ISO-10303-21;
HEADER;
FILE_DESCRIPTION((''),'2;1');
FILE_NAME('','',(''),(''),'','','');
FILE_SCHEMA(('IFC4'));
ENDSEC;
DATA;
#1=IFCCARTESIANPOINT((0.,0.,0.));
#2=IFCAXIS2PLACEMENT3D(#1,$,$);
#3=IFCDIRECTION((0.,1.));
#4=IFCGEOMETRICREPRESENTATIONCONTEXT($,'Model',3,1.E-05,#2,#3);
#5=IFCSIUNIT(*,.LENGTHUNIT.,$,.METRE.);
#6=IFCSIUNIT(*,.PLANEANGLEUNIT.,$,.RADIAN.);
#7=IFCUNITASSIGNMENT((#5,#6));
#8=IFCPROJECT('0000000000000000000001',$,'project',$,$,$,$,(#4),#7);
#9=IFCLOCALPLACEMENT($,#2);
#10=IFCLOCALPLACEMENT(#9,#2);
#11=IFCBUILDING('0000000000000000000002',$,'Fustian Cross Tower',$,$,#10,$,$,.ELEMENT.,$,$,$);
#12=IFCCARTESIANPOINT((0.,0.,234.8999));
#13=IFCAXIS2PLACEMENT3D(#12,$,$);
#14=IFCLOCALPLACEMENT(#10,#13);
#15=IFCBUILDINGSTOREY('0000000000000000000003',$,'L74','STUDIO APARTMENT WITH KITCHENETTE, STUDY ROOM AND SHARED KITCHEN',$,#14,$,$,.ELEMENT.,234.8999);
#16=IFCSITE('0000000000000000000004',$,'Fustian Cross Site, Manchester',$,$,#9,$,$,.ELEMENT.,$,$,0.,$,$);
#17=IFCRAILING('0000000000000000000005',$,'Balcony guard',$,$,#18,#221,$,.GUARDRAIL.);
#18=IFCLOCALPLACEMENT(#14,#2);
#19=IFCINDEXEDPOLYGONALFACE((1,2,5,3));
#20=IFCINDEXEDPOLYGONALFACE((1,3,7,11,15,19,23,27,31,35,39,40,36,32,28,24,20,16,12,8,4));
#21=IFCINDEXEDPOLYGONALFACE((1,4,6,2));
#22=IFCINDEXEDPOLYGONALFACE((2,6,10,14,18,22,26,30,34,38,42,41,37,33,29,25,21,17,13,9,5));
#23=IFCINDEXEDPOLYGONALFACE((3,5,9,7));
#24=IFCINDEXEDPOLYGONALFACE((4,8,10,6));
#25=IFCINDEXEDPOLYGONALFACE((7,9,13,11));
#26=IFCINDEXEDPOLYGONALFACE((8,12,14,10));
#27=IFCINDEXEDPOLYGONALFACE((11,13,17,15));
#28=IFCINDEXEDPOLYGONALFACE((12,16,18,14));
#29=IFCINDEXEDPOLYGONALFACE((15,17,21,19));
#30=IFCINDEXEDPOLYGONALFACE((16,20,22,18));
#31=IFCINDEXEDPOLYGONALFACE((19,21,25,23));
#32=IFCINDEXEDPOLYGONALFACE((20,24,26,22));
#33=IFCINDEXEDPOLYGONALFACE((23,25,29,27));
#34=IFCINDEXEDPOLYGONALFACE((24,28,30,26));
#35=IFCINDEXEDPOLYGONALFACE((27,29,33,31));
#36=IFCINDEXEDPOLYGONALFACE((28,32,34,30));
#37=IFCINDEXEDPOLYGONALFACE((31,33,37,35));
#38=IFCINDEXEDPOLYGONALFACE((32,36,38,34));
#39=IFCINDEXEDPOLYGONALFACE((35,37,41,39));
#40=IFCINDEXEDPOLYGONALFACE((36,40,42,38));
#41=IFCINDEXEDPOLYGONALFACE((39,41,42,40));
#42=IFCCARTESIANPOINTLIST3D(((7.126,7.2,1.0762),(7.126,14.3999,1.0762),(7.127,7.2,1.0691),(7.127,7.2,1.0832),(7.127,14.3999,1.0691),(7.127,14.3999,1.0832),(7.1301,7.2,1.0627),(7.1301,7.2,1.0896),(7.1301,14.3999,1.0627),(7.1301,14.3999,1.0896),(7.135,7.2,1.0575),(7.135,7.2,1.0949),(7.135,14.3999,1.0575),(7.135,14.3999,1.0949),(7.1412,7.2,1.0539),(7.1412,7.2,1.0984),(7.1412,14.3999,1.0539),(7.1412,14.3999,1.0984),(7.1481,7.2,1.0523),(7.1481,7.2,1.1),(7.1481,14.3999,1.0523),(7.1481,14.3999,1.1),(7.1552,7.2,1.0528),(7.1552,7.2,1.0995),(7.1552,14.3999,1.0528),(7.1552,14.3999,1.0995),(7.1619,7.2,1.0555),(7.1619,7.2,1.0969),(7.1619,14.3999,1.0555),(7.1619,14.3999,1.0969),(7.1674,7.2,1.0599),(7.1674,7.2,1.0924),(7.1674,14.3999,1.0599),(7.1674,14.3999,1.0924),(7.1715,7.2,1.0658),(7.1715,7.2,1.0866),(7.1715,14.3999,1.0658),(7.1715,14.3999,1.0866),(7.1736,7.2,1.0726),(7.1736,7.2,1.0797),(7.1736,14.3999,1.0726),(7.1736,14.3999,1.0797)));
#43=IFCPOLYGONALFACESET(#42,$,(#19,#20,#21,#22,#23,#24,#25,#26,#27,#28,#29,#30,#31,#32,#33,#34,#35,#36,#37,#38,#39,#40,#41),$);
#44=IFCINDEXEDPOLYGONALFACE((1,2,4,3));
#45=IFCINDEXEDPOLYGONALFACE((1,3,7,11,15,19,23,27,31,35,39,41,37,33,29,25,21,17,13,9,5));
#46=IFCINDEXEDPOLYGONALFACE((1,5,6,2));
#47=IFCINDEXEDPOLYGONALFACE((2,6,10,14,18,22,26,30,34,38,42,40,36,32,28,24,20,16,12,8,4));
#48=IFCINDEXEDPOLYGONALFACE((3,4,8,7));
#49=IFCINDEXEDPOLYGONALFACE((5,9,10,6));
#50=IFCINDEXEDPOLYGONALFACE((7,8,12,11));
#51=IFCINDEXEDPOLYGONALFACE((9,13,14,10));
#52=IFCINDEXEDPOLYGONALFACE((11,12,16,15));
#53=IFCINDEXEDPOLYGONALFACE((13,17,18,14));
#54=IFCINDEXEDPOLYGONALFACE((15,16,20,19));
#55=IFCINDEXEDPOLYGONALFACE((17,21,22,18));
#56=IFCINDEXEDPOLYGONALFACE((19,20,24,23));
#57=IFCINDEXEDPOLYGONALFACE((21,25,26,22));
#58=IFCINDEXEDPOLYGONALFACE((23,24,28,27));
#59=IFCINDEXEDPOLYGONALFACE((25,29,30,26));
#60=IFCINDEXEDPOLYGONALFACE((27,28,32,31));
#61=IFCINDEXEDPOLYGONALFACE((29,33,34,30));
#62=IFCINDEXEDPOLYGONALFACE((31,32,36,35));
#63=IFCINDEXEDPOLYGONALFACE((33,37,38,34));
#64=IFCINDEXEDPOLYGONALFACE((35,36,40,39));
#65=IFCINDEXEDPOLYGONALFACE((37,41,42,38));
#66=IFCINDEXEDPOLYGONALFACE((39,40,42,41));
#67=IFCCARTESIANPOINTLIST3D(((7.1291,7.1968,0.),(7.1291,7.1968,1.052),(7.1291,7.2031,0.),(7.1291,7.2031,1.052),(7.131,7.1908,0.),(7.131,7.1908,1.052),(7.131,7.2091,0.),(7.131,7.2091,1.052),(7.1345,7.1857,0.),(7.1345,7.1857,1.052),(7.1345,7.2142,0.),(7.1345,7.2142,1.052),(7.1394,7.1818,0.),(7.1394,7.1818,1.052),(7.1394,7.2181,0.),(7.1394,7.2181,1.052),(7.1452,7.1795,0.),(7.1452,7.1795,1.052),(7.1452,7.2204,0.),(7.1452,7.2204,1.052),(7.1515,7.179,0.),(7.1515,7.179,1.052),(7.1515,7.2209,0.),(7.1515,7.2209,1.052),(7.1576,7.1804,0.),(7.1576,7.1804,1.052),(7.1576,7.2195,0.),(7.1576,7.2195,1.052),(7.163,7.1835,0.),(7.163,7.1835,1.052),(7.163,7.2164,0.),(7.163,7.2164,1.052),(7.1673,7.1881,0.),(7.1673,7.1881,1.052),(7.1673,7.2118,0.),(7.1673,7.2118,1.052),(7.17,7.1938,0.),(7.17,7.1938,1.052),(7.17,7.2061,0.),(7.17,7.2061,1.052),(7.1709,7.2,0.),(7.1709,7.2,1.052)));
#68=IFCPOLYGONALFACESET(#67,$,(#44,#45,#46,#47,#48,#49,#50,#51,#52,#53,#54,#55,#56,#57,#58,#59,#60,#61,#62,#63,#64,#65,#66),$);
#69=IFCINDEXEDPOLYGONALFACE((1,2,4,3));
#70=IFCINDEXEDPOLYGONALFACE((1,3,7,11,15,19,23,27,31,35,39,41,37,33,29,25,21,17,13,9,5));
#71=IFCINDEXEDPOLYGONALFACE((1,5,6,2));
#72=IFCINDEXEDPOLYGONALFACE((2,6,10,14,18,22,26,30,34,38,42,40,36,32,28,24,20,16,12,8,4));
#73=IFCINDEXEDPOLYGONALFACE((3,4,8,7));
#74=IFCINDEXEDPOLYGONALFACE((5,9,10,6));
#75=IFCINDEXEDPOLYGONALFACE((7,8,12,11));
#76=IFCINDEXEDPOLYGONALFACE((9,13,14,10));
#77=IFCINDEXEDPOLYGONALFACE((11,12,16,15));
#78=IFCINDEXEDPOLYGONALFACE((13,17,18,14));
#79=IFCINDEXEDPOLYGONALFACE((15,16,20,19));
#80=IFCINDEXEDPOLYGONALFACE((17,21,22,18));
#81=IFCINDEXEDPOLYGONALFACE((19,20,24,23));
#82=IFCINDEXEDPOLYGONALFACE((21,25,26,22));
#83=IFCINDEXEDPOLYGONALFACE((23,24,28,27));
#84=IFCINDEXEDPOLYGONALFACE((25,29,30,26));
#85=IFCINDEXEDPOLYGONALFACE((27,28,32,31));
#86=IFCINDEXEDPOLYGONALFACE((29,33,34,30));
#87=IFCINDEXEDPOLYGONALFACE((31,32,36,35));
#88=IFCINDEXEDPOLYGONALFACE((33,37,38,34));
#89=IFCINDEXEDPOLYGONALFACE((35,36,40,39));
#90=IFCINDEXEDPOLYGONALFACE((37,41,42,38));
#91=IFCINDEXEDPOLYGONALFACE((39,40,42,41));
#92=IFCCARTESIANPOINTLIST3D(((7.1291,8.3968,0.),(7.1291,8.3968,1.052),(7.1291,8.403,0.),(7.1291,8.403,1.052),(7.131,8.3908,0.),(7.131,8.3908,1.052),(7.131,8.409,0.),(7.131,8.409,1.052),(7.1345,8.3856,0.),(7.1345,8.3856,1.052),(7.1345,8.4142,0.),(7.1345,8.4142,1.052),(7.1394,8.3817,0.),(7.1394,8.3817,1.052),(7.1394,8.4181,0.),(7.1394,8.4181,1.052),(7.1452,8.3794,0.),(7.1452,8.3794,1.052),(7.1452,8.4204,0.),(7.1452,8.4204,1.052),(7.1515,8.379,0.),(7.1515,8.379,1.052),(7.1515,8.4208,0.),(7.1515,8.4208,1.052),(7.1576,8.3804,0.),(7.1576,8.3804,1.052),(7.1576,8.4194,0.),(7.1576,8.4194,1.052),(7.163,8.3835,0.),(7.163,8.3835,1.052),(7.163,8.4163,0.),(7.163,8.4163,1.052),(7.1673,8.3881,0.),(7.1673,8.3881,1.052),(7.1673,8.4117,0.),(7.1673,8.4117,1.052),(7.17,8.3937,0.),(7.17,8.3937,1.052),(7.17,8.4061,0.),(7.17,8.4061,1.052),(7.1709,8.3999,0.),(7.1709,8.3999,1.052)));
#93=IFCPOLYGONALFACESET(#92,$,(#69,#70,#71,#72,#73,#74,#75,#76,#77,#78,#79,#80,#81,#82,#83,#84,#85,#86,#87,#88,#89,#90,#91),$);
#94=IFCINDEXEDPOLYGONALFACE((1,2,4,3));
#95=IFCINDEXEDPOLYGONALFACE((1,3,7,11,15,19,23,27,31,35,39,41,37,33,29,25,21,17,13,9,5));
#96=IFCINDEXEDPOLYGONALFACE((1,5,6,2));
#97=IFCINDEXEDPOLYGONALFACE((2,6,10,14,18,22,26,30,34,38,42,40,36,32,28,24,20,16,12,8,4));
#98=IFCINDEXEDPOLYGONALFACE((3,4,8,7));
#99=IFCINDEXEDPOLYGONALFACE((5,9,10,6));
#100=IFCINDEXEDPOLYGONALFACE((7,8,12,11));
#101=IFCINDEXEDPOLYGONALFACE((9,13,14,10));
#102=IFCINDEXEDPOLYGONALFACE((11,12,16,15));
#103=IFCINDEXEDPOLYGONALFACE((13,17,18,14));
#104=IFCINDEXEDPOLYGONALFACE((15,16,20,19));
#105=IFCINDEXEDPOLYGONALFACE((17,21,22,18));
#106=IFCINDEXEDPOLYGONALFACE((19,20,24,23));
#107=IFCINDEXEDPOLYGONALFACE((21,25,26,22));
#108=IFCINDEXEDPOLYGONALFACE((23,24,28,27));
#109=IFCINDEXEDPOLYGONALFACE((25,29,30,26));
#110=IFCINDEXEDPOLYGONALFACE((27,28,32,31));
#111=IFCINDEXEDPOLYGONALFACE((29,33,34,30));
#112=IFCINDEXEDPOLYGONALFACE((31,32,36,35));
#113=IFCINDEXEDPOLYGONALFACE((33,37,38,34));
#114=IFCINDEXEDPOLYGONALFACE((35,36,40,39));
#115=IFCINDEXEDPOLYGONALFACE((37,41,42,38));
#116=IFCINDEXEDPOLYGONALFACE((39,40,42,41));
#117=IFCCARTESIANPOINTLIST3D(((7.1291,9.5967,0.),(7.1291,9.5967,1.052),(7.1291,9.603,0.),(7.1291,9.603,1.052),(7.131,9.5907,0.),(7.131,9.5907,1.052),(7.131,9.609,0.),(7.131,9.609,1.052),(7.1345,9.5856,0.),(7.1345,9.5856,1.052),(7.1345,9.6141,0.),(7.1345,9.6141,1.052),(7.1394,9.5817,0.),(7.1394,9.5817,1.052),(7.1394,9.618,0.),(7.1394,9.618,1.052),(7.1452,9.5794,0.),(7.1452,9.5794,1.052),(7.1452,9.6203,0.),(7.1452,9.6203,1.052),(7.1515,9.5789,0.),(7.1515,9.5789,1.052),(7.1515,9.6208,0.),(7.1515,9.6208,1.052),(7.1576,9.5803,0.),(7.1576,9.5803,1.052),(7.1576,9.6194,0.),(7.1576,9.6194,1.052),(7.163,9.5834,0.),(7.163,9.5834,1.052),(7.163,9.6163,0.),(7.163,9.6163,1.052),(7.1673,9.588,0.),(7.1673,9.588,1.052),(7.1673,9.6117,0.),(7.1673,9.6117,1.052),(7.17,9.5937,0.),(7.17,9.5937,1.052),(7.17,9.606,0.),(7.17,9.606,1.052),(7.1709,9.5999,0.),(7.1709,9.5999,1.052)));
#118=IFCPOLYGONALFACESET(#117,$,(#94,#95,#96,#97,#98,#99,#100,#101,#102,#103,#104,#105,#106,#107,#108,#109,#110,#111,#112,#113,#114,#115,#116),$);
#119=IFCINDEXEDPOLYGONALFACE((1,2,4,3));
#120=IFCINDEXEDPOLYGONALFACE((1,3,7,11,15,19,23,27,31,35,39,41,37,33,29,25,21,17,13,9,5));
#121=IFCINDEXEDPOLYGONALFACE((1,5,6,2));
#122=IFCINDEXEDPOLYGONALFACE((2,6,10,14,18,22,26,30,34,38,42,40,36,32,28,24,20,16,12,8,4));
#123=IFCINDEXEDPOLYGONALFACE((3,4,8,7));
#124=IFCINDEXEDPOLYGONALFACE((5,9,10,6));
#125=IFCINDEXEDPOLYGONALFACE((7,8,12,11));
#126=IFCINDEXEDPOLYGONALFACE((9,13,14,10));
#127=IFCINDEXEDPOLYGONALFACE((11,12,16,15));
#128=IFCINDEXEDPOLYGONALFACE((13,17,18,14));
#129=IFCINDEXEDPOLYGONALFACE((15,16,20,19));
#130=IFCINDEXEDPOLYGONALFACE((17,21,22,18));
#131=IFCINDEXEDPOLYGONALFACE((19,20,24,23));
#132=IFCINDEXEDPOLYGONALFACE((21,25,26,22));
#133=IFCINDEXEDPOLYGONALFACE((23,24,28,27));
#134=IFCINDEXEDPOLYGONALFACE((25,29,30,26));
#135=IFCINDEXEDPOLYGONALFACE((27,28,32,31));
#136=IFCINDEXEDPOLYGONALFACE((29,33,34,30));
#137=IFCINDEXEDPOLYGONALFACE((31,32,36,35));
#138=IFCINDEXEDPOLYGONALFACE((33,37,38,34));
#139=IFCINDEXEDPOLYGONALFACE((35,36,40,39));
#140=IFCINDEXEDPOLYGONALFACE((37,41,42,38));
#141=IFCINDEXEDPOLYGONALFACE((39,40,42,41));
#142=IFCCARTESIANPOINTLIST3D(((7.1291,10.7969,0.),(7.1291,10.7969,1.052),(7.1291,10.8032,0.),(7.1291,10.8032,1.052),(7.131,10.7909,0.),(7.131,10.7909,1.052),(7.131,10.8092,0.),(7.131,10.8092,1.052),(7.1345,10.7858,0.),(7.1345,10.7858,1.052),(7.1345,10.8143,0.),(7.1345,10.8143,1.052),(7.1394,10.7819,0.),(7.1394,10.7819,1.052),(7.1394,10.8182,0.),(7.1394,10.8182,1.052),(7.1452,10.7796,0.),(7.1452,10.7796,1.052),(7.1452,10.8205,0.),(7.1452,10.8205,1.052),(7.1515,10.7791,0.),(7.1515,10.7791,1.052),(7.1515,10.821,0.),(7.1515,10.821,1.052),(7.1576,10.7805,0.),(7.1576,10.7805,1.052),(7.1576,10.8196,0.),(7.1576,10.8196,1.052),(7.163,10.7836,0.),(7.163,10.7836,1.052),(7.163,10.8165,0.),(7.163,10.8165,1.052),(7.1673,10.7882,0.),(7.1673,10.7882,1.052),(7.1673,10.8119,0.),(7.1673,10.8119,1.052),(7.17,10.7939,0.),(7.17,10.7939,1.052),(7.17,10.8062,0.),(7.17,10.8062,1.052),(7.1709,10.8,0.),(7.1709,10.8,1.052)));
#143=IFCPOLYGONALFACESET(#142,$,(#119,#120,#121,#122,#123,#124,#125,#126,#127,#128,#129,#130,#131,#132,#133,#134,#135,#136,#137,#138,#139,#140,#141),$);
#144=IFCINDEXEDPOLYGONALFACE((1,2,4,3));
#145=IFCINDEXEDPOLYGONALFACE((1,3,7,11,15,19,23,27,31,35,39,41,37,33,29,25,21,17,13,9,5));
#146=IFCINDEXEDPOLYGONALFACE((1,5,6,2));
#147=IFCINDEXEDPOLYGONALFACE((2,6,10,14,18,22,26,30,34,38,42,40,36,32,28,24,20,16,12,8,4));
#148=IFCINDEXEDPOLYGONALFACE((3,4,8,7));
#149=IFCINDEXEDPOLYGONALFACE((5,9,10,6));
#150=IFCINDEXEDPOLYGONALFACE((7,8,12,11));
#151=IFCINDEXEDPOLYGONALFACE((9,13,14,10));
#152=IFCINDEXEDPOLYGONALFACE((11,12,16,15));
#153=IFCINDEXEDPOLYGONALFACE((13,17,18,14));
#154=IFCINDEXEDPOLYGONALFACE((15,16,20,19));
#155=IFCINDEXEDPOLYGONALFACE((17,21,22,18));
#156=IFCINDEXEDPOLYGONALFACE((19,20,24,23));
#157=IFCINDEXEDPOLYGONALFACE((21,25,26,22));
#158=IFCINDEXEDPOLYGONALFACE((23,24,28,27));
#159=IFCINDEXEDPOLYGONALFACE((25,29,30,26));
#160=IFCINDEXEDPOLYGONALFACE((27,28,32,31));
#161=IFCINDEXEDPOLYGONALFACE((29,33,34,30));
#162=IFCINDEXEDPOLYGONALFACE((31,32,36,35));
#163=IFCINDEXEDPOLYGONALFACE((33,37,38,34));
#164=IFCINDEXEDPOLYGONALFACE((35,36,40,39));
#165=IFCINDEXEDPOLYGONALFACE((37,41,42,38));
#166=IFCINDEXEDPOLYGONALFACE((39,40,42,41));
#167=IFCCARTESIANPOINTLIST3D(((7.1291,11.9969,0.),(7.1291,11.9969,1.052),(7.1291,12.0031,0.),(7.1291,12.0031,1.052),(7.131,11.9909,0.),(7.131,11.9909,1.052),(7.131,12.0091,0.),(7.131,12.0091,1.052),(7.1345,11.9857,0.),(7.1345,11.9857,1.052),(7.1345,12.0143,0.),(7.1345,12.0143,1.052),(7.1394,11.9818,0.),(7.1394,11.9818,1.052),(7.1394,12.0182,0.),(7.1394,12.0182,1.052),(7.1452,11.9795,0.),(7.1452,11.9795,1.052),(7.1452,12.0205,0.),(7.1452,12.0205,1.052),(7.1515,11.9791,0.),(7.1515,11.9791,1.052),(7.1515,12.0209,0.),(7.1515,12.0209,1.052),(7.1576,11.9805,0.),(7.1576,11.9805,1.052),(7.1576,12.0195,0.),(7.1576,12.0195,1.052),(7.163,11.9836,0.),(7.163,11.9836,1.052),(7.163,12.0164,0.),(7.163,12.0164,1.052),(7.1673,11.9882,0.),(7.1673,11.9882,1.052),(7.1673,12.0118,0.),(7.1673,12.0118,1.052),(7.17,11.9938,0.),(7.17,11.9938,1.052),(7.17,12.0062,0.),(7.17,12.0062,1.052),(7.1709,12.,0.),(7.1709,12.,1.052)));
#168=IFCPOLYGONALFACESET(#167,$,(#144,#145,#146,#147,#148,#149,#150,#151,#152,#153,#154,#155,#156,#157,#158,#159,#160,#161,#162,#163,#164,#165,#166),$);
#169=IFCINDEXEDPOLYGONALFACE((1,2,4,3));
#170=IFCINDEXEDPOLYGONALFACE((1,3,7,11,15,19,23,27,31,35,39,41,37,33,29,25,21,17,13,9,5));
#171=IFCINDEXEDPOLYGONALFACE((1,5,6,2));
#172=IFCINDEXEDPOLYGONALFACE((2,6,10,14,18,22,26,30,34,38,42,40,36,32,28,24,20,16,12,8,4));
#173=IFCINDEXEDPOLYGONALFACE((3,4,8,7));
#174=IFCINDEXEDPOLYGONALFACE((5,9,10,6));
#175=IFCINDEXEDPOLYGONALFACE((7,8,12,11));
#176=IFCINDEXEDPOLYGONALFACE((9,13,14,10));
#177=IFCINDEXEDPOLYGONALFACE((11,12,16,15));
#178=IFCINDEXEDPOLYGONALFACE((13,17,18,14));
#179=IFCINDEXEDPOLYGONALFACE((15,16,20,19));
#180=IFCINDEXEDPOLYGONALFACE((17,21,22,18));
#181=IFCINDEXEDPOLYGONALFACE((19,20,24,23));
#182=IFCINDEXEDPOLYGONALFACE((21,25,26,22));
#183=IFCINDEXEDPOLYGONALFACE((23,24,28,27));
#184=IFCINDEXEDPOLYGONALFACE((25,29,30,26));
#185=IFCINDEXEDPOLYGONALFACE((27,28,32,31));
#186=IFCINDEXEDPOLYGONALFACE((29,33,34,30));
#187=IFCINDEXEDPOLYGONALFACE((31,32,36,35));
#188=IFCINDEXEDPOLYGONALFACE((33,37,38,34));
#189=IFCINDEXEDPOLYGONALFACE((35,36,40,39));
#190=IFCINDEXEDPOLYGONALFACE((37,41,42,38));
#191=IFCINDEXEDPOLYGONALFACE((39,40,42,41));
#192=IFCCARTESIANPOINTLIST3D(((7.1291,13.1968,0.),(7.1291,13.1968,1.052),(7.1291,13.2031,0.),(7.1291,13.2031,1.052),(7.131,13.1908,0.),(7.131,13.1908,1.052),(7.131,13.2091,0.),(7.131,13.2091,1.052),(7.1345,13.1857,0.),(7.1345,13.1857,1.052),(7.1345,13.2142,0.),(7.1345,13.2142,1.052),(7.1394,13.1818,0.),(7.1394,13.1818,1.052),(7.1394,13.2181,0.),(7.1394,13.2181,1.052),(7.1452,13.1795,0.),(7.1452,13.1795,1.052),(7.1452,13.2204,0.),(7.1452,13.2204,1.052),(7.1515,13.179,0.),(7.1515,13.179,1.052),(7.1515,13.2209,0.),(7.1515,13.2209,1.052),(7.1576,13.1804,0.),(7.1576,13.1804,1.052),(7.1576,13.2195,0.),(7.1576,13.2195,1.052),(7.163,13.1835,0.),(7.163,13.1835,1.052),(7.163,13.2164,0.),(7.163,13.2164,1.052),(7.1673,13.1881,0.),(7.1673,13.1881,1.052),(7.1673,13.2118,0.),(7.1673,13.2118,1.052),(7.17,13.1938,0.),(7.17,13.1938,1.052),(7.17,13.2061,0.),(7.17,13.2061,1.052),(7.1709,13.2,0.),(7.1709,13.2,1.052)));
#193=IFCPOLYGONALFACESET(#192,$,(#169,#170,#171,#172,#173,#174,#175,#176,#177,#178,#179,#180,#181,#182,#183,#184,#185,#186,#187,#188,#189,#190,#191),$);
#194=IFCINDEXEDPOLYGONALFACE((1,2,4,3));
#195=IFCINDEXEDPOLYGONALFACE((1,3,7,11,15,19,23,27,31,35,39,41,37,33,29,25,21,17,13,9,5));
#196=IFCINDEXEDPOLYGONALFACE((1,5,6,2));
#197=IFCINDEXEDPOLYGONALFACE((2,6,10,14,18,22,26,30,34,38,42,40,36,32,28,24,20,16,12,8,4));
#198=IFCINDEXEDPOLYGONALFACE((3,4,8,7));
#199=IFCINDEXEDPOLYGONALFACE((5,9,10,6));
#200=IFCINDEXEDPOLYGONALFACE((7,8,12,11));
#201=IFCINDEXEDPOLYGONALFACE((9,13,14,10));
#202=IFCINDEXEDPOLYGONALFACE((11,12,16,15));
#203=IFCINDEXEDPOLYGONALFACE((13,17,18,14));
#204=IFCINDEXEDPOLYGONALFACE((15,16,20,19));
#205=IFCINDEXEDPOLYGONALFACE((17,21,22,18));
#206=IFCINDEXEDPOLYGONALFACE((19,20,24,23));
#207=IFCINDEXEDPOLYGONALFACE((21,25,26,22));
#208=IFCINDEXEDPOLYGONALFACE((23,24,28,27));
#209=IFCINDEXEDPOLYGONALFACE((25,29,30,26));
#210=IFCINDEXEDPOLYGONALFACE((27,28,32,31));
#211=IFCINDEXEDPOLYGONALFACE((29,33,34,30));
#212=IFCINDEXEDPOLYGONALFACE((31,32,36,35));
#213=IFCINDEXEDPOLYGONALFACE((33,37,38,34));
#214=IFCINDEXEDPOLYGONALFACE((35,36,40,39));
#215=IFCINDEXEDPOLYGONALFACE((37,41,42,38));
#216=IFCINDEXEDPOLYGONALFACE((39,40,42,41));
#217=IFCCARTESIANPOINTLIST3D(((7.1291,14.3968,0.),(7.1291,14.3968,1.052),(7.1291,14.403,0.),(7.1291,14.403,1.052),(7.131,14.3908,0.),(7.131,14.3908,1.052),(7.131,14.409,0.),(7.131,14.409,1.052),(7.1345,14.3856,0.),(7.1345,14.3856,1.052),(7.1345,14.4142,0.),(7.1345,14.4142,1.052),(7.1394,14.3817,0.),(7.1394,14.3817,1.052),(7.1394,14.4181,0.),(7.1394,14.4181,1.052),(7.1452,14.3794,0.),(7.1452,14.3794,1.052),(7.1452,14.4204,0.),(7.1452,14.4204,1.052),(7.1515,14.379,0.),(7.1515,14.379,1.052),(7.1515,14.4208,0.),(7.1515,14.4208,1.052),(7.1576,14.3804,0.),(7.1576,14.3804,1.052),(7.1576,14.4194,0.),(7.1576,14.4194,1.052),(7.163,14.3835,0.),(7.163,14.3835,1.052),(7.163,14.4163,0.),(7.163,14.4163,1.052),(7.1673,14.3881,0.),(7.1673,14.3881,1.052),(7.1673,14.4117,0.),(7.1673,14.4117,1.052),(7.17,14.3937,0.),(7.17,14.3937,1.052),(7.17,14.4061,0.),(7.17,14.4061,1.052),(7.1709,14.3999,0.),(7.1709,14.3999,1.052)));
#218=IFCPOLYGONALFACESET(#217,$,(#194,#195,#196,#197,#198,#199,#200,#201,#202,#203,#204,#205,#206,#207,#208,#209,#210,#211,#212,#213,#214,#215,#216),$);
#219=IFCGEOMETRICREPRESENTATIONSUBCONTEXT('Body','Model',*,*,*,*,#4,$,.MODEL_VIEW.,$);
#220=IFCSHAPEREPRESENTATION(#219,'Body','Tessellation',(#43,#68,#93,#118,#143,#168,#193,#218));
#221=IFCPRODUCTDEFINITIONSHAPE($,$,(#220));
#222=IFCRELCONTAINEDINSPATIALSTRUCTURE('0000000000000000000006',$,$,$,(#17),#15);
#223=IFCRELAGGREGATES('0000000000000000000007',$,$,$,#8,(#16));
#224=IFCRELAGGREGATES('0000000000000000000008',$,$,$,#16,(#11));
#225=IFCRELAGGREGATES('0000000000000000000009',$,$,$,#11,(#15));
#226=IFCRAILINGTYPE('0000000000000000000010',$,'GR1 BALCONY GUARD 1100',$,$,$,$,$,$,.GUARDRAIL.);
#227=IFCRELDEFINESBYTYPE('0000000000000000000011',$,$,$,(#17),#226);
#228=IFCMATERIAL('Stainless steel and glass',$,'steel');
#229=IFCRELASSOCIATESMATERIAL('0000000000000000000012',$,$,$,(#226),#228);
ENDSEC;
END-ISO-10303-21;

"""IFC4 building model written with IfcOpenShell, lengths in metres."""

from ifc_helpers import new_model, si_unit, direction, frame, origin, origin_2d, place, context, subcontext, project, spatial, circle, extrude, material, type_object, element, save


model = new_model("IFC4")

# Units and contexts
model_context = context("Model", 3, precision=1e-05, world=origin(), true_north=direction((0.0, 1.0)))
body_context = subcontext(model_context, "Body", "Model", "MODEL_VIEW")
ifc_project = project(units=[si_unit("LENGTHUNIT", "METRE"), si_unit("PLANEANGLEUNIT", "RADIAN")], contexts=[model_context])

# Site, building, storey
site_placement = place(None, origin())
site = spatial("IfcSite", under=ifc_project, at=site_placement, Name="Fustian Cross Site, Manchester", CompositionType="ELEMENT", RefElevation=0.0)
building_placement = place(site_placement, origin())
building = spatial("IfcBuilding", under=site, at=building_placement, Name="Fustian Cross Tower", CompositionType="ELEMENT")
storey_placement = place(building_placement, frame((0.0, 0.0, 234.8999)))
storey = spatial("IfcBuildingStorey", under=building, at=storey_placement, Name="L74", Description="STUDIO APARTMENT WITH KITCHENETTE, STUDY ROOM AND SHARED KITCHEN", CompositionType="ELEMENT", Elevation=234.8999)

# Railing
ifc_material_1 = material(Name="Stainless steel and glass", Category="steel")
railing_type = type_object("IfcRailingType", Name="GR1 BALCONY GUARD 1100", PredefinedType="GUARDRAIL", material=ifc_material_1)
railing_placement = place(storey_placement, frame((7.1499, 7.2, 0.0)))
element("IfcRailing", 1, at=railing_placement, inside=storey, type_object=railing_type, Name="Balcony guard", PredefinedType="GUARDRAIL", context=body_context, shape_type="SweptSolid", body=[
    extrude(circle(Radius=0.0239, at=origin_2d()), frame((0.0, 0.0, 1.0762), z_axis=(0.0, 1.0, 0.0), x_axis=(-1.0, 0.0, 0.0)), (0.0, 0.0, 1.0), 7.2),
    extrude(circle(Radius=0.021, at=origin_2d()), origin(), (0.0, 0.0, 1.0), 1.052),
    extrude(circle(Radius=0.021, at=origin_2d()), frame((0.0, 1.2, 0.0)), (0.0, 0.0, 1.0), 1.052),
    extrude(circle(Radius=0.021, at=origin_2d()), frame((0.0, 2.3999, 0.0)), (0.0, 0.0, 1.0), 1.052),
    extrude(circle(Radius=0.021, at=origin_2d()), frame((0.0, 3.6001, 0.0)), (0.0, 0.0, 1.0), 1.052),
    extrude(circle(Radius=0.021, at=origin_2d()), frame((0.0, 4.8, 0.0)), (0.0, 0.0, 1.0), 1.052),
    extrude(circle(Radius=0.021, at=origin_2d()), frame((0.0, 6.0, 0.0)), (0.0, 0.0, 1.0), 1.052),
    extrude(circle(Radius=0.021, at=origin_2d()), frame((0.0, 7.2, 0.0)), (0.0, 0.0, 1.0), 1.052),
])

save(model, "model.ifc")
